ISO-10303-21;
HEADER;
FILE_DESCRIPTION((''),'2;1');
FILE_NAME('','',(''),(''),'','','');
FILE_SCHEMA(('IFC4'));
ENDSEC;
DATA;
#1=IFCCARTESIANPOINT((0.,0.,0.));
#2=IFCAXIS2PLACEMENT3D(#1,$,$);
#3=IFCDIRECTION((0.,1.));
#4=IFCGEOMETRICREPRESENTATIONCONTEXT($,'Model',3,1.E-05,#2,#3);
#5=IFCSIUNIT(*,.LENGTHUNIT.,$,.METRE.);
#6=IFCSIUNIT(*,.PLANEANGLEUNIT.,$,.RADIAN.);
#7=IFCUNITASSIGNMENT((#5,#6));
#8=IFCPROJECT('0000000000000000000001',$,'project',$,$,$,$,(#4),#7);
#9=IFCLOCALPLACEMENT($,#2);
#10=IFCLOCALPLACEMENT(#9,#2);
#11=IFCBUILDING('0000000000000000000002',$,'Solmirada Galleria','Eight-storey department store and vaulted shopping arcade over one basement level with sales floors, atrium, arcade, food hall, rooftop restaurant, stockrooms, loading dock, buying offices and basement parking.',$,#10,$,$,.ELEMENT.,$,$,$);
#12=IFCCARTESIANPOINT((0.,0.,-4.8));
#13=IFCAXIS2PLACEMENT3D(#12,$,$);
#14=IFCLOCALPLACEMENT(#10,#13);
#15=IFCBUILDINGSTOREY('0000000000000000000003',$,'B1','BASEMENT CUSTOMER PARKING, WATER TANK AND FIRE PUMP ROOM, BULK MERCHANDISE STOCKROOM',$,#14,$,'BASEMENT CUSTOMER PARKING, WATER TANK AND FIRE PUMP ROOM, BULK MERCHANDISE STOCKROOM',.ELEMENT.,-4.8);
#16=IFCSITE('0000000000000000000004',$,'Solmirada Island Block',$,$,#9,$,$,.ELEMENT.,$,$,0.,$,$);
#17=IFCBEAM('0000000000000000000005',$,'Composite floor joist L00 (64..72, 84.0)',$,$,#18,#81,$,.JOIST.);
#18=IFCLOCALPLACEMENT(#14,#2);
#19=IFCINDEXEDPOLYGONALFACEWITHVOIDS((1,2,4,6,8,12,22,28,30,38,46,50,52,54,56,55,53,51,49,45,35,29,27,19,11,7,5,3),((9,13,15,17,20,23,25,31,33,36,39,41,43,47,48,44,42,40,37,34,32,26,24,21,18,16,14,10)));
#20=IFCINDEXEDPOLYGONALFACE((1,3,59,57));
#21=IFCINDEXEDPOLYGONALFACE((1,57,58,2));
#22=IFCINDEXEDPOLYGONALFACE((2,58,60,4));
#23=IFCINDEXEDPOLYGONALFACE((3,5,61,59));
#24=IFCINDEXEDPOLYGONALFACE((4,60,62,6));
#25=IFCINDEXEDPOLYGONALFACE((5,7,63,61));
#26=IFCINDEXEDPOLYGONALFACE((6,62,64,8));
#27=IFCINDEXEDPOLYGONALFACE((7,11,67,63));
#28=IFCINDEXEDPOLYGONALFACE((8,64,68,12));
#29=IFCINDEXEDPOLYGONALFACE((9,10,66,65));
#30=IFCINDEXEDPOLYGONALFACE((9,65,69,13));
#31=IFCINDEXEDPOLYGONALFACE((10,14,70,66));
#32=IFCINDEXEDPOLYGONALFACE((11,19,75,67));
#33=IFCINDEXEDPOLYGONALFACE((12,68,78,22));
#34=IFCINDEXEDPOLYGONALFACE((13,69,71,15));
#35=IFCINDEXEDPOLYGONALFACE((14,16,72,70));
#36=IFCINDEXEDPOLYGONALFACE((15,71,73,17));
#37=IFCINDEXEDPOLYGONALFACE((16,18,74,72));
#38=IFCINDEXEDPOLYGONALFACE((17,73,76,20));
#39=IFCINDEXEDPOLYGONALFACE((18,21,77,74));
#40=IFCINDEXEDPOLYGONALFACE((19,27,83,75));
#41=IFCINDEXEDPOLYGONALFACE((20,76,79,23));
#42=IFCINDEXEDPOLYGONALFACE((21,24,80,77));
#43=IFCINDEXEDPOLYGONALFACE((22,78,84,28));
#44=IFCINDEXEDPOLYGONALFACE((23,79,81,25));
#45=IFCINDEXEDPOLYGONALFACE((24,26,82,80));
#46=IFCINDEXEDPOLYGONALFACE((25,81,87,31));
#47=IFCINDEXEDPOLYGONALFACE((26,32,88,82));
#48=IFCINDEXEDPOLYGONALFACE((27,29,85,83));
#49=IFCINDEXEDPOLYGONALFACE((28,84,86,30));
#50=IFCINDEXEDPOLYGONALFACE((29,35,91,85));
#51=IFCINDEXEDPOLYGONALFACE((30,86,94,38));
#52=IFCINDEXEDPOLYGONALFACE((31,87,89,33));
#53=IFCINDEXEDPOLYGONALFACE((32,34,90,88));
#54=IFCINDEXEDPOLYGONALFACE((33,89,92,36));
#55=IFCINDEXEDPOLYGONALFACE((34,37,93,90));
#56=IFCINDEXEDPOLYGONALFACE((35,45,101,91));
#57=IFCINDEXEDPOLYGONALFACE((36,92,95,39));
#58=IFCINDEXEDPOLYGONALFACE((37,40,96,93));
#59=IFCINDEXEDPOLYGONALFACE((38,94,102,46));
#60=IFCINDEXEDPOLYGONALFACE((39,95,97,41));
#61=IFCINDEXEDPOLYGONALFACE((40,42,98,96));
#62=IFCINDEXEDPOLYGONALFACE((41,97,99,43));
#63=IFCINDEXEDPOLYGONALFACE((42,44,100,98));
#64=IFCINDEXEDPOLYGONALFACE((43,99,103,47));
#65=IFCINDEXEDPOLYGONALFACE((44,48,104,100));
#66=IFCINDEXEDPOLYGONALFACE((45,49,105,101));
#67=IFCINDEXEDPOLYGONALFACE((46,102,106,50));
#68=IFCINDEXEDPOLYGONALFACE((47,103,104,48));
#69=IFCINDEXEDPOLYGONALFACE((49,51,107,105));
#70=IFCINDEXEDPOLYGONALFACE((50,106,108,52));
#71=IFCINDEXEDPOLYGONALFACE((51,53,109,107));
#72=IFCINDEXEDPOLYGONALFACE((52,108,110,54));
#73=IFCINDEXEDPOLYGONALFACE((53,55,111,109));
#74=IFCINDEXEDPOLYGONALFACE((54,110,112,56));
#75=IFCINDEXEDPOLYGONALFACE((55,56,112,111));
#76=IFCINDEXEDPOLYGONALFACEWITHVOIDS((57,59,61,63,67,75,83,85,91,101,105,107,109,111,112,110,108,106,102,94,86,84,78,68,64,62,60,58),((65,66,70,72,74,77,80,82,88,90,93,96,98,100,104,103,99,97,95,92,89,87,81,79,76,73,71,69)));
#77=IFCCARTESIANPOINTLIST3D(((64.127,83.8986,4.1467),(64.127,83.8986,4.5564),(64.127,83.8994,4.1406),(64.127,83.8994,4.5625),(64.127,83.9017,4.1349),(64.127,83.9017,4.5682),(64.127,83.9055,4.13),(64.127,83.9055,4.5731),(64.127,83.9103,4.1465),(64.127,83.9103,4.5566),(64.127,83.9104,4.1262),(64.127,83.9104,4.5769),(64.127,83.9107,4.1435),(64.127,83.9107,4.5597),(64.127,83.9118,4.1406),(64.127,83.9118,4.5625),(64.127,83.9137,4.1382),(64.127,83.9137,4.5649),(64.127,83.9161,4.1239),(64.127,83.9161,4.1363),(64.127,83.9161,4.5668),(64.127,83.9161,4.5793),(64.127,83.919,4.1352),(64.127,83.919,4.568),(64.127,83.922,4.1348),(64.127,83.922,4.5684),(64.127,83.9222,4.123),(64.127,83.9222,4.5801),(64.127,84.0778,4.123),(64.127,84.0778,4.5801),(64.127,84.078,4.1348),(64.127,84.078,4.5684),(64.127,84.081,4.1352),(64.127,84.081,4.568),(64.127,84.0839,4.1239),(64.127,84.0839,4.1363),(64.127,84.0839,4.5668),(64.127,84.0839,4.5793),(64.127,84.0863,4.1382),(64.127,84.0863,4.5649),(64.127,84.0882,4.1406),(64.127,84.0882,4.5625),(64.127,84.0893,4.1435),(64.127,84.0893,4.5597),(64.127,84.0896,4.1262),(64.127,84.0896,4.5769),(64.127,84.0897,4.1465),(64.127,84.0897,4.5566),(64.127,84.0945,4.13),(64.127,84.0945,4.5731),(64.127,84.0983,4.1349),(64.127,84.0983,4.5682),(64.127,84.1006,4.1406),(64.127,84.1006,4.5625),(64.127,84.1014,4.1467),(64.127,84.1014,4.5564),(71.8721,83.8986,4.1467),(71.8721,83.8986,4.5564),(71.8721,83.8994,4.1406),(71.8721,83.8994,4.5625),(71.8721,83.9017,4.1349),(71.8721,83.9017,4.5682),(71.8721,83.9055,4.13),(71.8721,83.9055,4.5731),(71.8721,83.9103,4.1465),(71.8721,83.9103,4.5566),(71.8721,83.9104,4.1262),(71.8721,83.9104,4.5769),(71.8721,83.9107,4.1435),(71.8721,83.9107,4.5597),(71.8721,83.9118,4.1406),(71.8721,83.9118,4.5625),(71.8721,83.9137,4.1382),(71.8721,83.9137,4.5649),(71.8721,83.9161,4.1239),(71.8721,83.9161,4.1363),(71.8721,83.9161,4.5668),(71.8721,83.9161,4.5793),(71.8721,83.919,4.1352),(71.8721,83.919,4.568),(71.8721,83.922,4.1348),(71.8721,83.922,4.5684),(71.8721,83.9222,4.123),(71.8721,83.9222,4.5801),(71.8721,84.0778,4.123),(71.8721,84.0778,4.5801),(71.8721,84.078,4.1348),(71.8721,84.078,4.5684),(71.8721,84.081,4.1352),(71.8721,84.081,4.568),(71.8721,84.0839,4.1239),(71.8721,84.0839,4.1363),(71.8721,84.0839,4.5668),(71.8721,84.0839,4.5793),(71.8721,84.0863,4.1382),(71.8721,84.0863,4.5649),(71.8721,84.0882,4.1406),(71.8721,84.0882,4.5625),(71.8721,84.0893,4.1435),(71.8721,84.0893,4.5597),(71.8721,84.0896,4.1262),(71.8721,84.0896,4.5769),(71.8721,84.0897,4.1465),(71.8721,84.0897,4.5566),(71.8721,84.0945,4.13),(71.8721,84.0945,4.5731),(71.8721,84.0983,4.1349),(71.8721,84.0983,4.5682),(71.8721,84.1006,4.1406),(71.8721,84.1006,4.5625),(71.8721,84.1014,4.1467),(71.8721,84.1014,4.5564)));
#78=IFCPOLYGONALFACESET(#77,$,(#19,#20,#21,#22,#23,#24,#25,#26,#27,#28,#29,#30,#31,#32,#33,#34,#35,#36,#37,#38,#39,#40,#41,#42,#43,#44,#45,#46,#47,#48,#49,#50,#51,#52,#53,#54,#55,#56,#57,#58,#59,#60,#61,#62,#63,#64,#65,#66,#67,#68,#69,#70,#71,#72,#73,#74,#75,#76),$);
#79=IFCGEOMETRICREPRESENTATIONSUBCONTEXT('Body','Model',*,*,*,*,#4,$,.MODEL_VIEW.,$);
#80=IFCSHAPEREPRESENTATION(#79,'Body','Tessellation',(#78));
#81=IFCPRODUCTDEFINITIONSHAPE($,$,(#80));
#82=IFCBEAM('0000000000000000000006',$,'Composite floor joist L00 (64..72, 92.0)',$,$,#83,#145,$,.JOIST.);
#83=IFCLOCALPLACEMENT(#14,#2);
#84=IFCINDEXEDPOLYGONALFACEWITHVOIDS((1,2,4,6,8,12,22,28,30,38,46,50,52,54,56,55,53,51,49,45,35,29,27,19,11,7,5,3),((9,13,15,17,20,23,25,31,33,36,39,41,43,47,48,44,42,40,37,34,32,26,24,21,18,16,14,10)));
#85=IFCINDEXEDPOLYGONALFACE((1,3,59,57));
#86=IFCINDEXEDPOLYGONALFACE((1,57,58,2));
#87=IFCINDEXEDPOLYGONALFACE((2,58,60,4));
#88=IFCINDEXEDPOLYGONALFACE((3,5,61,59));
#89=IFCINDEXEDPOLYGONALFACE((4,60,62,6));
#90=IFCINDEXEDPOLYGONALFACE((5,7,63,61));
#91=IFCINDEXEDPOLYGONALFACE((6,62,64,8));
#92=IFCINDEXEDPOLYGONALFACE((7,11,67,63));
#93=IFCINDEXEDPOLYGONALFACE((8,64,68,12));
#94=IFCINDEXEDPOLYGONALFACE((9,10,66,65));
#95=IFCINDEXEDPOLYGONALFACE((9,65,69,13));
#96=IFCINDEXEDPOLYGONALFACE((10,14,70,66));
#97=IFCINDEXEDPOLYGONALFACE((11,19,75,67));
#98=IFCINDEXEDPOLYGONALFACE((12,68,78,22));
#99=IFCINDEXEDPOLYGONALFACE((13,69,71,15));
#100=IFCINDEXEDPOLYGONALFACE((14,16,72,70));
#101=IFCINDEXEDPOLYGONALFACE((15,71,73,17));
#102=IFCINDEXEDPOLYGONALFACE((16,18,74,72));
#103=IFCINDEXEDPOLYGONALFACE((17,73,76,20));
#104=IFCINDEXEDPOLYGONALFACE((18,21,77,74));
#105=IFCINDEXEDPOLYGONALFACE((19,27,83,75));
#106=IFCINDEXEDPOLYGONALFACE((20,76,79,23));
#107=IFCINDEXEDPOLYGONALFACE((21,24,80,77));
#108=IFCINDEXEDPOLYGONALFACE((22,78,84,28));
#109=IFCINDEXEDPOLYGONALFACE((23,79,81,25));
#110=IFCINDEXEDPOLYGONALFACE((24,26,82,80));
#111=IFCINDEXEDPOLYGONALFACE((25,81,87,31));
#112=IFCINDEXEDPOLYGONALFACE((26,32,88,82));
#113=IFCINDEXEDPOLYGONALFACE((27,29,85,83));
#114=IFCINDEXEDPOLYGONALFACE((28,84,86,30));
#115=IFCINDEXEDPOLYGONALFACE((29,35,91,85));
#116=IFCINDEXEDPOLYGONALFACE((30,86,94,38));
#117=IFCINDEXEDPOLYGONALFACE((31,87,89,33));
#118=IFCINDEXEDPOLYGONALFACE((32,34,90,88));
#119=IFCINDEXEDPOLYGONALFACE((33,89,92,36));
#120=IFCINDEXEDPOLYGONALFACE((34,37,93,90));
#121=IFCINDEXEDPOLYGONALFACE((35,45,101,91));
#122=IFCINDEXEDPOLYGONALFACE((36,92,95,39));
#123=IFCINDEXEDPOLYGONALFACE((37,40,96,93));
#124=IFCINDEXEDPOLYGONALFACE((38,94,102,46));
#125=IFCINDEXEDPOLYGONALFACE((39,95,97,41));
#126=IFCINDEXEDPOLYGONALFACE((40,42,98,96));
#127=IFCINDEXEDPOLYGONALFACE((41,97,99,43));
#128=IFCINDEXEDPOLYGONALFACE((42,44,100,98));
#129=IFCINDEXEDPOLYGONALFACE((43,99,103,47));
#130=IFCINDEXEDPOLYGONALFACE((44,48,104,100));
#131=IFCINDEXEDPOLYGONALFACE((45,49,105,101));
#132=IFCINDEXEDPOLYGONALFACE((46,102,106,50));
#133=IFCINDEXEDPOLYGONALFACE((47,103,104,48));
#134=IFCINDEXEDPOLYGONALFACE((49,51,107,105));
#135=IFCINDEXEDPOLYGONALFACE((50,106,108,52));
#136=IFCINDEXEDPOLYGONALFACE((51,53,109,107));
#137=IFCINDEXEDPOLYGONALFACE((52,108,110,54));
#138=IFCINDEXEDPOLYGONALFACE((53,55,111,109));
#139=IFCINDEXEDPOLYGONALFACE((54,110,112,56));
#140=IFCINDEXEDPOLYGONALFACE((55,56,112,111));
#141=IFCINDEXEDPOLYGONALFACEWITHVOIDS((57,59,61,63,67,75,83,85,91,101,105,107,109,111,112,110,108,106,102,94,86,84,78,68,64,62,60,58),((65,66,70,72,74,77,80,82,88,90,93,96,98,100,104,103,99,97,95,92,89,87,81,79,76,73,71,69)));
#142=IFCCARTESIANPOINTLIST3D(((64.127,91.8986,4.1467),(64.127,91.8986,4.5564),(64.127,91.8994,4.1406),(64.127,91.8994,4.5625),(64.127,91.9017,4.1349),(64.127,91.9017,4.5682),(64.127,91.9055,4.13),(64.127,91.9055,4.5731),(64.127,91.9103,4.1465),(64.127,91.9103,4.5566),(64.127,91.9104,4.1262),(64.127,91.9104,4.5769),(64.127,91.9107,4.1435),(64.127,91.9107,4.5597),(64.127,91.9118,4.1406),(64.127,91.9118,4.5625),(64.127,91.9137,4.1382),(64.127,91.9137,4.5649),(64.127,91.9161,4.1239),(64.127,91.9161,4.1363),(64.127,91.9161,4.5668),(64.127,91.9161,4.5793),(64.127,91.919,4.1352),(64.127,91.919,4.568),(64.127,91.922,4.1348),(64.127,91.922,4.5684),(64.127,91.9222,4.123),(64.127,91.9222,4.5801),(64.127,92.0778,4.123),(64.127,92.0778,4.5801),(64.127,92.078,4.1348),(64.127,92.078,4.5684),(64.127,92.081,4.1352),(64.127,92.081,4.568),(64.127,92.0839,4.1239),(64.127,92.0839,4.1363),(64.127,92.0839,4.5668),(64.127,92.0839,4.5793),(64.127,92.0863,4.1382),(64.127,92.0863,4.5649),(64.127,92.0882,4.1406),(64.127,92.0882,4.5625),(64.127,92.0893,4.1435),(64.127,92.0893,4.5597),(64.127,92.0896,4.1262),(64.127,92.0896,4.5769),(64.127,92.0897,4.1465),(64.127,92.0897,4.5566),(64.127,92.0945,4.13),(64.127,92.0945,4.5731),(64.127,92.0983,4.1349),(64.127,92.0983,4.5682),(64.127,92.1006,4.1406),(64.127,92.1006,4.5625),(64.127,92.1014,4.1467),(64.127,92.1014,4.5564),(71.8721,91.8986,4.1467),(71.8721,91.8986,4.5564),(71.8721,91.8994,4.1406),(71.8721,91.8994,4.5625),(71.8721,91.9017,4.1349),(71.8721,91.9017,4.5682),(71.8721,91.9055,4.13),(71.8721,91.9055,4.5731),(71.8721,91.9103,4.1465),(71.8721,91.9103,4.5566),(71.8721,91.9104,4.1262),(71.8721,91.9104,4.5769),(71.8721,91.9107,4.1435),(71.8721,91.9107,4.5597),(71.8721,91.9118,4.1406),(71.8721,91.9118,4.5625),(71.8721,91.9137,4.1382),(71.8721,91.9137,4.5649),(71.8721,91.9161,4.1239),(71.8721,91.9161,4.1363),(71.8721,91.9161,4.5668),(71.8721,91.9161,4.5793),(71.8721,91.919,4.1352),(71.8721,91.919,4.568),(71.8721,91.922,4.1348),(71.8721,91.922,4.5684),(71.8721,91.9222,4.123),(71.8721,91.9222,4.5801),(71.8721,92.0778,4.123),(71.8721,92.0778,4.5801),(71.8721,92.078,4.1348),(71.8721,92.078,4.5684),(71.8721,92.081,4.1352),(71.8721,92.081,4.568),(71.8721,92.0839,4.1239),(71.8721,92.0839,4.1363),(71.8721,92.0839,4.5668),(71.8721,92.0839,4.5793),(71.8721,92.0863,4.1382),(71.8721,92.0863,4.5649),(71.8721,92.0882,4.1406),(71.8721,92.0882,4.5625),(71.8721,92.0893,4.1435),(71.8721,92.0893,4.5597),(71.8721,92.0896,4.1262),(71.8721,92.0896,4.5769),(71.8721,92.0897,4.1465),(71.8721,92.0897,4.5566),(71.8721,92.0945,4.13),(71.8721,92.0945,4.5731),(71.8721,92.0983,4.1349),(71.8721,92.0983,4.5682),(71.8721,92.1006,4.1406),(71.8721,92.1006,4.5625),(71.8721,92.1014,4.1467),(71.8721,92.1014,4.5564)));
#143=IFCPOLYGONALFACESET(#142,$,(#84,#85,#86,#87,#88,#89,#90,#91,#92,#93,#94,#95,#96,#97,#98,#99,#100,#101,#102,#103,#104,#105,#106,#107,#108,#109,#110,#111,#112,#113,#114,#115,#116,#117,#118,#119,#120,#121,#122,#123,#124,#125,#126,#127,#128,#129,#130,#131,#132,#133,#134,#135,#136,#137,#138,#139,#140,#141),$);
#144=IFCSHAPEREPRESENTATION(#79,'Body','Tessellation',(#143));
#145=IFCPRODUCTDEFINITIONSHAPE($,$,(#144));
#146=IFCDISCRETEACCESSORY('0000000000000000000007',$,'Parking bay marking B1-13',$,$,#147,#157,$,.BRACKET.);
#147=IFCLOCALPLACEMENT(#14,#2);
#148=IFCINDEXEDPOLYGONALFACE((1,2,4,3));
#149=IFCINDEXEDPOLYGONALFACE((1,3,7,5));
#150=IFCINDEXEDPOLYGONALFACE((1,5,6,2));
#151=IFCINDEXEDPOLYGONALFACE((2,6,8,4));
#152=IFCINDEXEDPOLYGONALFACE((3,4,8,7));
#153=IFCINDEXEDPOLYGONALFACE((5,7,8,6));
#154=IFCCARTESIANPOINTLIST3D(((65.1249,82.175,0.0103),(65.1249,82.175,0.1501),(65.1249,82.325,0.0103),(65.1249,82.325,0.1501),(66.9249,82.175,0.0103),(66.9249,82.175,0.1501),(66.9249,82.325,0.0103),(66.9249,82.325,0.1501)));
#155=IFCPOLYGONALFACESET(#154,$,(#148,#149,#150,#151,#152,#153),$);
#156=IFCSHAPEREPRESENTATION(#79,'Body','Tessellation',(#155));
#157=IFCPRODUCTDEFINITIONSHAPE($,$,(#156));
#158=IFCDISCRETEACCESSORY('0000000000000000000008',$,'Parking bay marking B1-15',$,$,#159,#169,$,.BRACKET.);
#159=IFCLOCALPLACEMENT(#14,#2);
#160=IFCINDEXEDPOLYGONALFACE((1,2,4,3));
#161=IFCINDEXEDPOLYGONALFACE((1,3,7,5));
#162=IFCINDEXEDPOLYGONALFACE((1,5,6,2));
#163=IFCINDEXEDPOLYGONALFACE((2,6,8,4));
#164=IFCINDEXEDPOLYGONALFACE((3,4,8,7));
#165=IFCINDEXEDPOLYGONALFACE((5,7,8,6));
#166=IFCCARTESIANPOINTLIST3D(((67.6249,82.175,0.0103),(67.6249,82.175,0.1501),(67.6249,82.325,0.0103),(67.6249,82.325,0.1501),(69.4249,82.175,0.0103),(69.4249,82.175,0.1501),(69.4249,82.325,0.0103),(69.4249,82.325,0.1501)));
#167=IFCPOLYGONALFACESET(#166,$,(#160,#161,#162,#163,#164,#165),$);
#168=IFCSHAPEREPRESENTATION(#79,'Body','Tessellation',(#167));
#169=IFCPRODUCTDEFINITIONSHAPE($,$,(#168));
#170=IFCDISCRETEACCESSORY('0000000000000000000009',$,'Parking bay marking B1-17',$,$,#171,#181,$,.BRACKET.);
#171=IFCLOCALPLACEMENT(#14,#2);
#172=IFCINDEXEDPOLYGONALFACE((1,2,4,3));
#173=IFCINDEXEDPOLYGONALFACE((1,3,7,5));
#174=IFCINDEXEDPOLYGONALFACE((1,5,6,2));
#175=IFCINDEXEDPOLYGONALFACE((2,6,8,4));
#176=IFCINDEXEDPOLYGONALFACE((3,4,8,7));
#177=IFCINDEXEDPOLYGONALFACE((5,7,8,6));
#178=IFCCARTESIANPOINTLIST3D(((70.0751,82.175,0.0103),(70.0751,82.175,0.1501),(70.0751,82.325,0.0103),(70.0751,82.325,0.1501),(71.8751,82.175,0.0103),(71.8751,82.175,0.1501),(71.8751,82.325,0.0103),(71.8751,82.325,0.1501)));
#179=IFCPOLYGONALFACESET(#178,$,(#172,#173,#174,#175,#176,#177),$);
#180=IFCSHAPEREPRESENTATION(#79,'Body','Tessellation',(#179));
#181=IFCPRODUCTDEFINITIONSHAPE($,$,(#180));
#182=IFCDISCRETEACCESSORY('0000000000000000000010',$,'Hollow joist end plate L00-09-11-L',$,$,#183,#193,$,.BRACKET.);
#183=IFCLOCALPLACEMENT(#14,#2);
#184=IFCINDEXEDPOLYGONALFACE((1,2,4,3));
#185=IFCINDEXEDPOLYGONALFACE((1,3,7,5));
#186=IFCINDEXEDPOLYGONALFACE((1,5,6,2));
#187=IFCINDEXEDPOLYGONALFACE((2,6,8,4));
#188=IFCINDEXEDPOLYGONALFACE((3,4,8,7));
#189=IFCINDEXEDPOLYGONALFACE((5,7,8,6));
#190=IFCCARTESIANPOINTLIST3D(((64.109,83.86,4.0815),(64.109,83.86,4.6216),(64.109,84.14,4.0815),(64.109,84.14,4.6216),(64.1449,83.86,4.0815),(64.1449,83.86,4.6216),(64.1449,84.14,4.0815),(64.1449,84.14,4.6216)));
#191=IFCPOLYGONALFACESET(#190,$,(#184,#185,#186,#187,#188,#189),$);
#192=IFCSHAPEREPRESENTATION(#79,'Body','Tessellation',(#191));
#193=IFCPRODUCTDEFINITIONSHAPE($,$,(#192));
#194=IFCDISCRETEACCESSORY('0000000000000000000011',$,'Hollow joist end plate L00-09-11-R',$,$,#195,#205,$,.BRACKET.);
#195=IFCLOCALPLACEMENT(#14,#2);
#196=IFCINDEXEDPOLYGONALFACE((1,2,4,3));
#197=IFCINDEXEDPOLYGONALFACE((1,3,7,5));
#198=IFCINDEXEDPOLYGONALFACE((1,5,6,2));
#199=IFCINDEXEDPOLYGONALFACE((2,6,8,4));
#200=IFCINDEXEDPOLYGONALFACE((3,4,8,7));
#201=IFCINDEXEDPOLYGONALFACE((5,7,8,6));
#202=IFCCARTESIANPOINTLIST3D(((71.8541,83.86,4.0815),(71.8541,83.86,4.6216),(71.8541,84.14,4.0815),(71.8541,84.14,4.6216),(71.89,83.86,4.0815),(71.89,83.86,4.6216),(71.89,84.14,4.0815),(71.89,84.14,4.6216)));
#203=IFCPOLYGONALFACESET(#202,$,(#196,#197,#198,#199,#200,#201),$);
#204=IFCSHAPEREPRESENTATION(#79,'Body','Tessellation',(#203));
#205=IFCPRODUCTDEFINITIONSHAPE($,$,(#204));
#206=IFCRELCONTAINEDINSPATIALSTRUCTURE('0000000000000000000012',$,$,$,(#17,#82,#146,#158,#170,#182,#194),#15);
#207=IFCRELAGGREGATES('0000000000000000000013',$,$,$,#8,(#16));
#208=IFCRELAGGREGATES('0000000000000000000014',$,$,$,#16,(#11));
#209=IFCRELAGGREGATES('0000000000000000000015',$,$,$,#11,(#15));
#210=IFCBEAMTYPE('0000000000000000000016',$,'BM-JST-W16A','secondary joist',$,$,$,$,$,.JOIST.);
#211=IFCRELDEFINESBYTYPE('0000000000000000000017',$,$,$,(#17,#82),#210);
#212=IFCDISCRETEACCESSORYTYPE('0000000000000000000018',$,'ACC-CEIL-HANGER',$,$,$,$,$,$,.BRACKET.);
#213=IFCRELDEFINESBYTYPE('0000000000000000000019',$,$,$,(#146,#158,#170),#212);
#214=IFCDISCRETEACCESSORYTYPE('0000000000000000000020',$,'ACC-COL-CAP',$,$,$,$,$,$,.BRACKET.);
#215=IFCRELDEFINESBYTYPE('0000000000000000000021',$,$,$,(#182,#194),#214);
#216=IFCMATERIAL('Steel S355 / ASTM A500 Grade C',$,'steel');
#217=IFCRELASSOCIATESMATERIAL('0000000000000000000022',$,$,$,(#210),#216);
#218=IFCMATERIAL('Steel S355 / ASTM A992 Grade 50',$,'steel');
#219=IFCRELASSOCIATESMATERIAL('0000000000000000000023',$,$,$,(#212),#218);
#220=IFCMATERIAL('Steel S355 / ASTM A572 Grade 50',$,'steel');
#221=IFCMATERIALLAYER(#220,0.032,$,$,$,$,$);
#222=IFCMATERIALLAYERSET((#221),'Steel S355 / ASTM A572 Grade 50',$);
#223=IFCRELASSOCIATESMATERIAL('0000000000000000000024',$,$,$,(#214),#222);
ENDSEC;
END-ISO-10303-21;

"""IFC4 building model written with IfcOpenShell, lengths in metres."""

from ifc_helpers import new_model, si_unit, direction, frame, origin, origin_2d, place, context, subcontext, project, spatial, rectangle, hollow_rectangle, extrude, material, layer, layer_set, material_profile, profile_set, type_object, element, save


model = new_model("IFC4")

# Units and contexts
model_context = context("Model", 3, precision=1e-05, world=origin(), true_north=direction((0.0, 1.0)))
body_context = subcontext(model_context, "Body", "Model", "MODEL_VIEW")
ifc_project = project(units=[si_unit("LENGTHUNIT", "METRE"), si_unit("PLANEANGLEUNIT", "RADIAN")], contexts=[model_context])

# Site, building, storey
site_placement = place(None, origin())
site = spatial("IfcSite", under=ifc_project, at=site_placement, Name="Solmirada Island Block", CompositionType="ELEMENT", RefElevation=0.0)
building_placement = place(site_placement, origin())
building = spatial("IfcBuilding", under=site, at=building_placement, Name="Solmirada Galleria", Description="Eight-storey department store and vaulted shopping arcade over one basement level with sales floors, atrium, arcade, food hall, rooftop restaurant, stockrooms, loading dock, buying offices and basement parking.", CompositionType="ELEMENT")
storey_placement = place(building_placement, frame((0.0, 0.0, -4.8)))
storey = spatial("IfcBuildingStorey", under=building, at=storey_placement, Name="B1", Description="BASEMENT CUSTOMER PARKING, WATER TANK AND FIRE PUMP ROOM, BULK MERCHANDISE STOCKROOM", LongName="BASEMENT CUSTOMER PARKING, WATER TANK AND FIRE PUMP ROOM, BULK MERCHANDISE STOCKROOM", CompositionType="ELEMENT", Elevation=-4.8)

# Shared definitions
ifc_material_1 = material(Name="Steel S355 / ASTM A500 Grade C", Category="steel")

# Beams
ifc_material_2 = material(Name="Steel S355 / ASTM A992 Grade 50", Category="steel")
ifc_material_profile_1 = material_profile(ifc_material_1, hollow_rectangle(XDim=0.2029, YDim=0.457, WallThickness=0.0117, InnerFilletRadius=0.0117, OuterFilletRadius=0.0237, at=origin_2d()), Name="HSS18X8X1/2")
ifc_profile_set_1 = profile_set([ifc_material_profile_1], Name="Steel S355 / ASTM A500 Grade C")
beam_type_1 = type_object("IfcBeamType", Name="BM-JST-W16A", Description="secondary joist", PredefinedType="JOIST", material=ifc_profile_set_1)
for number, where, z_axis, x_axis, name in (
    (1, (64.127, 84.0, 4.3516), (1.0, 0.0, 0.0), (0.0, 1.0, 0.0), "Composite floor joist L00 (64..72, 84.0)"),
    (2, (64.127, 92.0, 4.3516), (1.0, 0.0, 0.0), (0.0, 1.0, 0.0), "Composite floor joist L00 (64..72, 92.0)"),
):
    element("IfcBeam", number, at=place(storey_placement, frame(where, z_axis=z_axis, x_axis=x_axis)), inside=storey, type_object=beam_type_1, Name=name, PredefinedType="JOIST", context=body_context, shape_type="SweptSolid", body=[
        extrude(hollow_rectangle(XDim=0.2029, YDim=0.457, WallThickness=0.0117, InnerFilletRadius=0.0117, OuterFilletRadius=0.0237, at=origin_2d()), origin(), (0.0, 0.0, 1.0), 7.7451),
    ])

# Discrete accessories
discrete_accessory_type_1 = type_object("IfcDiscreteAccessoryType", Name="ACC-CEIL-HANGER", PredefinedType="BRACKET", material=ifc_material_2)
for number, where, z_axis, x_axis, name in (
    (3, (66.0249, 82.25, 0.0103), (0.0, 0.0, 1.0), (1.0, 0.0, 0.0), "Parking bay marking B1-13"),
    (4, (68.5249, 82.25, 0.0103), (0.0, 0.0, 1.0), (1.0, 0.0, 0.0), "Parking bay marking B1-15"),
    (5, (70.9751, 82.25, 0.0103), (0.0, 0.0, 1.0), (1.0, 0.0, 0.0), "Parking bay marking B1-17"),
):
    element("IfcDiscreteAccessory", number, at=place(storey_placement, frame(where, z_axis=z_axis, x_axis=x_axis)), inside=storey, type_object=discrete_accessory_type_1, Name=name, PredefinedType="BRACKET", context=body_context, shape_type="SweptSolid", body=[
        extrude(rectangle(XDim=1.8, YDim=0.1499, at=origin_2d()), origin(), (0.0, 0.0, 1.0), 0.1399),
    ])
ifc_material_3 = material(Name="Steel S355 / ASTM A572 Grade 50", Category="steel")
ifc_layer = layer(ifc_material_3, 0.032)
ifc_layer_set = layer_set([ifc_layer], Name="Steel S355 / ASTM A572 Grade 50")
discrete_accessory_type_2 = type_object("IfcDiscreteAccessoryType", Name="ACC-COL-CAP", PredefinedType="BRACKET", material=ifc_layer_set)
for number, where, z_axis, x_axis, name in (
    (6, (64.127, 84.0, 4.0815), (0.0, 0.0, 1.0), (1.0, 0.0, 0.0), "Hollow joist end plate L00-09-11-L"),
    (7, (71.8721, 84.0, 4.0815), (0.0, 0.0, 1.0), (1.0, 0.0, 0.0), "Hollow joist end plate L00-09-11-R"),
):
    element("IfcDiscreteAccessory", number, at=place(storey_placement, frame(where, z_axis=z_axis, x_axis=x_axis)), inside=storey, type_object=discrete_accessory_type_2, Name=name, PredefinedType="BRACKET", context=body_context, shape_type="SweptSolid", body=[
        extrude(rectangle(XDim=0.0359, YDim=0.28, at=origin_2d()), origin(), (0.0, 0.0, 1.0), 0.54),
    ])

save(model, "model.ifc")
